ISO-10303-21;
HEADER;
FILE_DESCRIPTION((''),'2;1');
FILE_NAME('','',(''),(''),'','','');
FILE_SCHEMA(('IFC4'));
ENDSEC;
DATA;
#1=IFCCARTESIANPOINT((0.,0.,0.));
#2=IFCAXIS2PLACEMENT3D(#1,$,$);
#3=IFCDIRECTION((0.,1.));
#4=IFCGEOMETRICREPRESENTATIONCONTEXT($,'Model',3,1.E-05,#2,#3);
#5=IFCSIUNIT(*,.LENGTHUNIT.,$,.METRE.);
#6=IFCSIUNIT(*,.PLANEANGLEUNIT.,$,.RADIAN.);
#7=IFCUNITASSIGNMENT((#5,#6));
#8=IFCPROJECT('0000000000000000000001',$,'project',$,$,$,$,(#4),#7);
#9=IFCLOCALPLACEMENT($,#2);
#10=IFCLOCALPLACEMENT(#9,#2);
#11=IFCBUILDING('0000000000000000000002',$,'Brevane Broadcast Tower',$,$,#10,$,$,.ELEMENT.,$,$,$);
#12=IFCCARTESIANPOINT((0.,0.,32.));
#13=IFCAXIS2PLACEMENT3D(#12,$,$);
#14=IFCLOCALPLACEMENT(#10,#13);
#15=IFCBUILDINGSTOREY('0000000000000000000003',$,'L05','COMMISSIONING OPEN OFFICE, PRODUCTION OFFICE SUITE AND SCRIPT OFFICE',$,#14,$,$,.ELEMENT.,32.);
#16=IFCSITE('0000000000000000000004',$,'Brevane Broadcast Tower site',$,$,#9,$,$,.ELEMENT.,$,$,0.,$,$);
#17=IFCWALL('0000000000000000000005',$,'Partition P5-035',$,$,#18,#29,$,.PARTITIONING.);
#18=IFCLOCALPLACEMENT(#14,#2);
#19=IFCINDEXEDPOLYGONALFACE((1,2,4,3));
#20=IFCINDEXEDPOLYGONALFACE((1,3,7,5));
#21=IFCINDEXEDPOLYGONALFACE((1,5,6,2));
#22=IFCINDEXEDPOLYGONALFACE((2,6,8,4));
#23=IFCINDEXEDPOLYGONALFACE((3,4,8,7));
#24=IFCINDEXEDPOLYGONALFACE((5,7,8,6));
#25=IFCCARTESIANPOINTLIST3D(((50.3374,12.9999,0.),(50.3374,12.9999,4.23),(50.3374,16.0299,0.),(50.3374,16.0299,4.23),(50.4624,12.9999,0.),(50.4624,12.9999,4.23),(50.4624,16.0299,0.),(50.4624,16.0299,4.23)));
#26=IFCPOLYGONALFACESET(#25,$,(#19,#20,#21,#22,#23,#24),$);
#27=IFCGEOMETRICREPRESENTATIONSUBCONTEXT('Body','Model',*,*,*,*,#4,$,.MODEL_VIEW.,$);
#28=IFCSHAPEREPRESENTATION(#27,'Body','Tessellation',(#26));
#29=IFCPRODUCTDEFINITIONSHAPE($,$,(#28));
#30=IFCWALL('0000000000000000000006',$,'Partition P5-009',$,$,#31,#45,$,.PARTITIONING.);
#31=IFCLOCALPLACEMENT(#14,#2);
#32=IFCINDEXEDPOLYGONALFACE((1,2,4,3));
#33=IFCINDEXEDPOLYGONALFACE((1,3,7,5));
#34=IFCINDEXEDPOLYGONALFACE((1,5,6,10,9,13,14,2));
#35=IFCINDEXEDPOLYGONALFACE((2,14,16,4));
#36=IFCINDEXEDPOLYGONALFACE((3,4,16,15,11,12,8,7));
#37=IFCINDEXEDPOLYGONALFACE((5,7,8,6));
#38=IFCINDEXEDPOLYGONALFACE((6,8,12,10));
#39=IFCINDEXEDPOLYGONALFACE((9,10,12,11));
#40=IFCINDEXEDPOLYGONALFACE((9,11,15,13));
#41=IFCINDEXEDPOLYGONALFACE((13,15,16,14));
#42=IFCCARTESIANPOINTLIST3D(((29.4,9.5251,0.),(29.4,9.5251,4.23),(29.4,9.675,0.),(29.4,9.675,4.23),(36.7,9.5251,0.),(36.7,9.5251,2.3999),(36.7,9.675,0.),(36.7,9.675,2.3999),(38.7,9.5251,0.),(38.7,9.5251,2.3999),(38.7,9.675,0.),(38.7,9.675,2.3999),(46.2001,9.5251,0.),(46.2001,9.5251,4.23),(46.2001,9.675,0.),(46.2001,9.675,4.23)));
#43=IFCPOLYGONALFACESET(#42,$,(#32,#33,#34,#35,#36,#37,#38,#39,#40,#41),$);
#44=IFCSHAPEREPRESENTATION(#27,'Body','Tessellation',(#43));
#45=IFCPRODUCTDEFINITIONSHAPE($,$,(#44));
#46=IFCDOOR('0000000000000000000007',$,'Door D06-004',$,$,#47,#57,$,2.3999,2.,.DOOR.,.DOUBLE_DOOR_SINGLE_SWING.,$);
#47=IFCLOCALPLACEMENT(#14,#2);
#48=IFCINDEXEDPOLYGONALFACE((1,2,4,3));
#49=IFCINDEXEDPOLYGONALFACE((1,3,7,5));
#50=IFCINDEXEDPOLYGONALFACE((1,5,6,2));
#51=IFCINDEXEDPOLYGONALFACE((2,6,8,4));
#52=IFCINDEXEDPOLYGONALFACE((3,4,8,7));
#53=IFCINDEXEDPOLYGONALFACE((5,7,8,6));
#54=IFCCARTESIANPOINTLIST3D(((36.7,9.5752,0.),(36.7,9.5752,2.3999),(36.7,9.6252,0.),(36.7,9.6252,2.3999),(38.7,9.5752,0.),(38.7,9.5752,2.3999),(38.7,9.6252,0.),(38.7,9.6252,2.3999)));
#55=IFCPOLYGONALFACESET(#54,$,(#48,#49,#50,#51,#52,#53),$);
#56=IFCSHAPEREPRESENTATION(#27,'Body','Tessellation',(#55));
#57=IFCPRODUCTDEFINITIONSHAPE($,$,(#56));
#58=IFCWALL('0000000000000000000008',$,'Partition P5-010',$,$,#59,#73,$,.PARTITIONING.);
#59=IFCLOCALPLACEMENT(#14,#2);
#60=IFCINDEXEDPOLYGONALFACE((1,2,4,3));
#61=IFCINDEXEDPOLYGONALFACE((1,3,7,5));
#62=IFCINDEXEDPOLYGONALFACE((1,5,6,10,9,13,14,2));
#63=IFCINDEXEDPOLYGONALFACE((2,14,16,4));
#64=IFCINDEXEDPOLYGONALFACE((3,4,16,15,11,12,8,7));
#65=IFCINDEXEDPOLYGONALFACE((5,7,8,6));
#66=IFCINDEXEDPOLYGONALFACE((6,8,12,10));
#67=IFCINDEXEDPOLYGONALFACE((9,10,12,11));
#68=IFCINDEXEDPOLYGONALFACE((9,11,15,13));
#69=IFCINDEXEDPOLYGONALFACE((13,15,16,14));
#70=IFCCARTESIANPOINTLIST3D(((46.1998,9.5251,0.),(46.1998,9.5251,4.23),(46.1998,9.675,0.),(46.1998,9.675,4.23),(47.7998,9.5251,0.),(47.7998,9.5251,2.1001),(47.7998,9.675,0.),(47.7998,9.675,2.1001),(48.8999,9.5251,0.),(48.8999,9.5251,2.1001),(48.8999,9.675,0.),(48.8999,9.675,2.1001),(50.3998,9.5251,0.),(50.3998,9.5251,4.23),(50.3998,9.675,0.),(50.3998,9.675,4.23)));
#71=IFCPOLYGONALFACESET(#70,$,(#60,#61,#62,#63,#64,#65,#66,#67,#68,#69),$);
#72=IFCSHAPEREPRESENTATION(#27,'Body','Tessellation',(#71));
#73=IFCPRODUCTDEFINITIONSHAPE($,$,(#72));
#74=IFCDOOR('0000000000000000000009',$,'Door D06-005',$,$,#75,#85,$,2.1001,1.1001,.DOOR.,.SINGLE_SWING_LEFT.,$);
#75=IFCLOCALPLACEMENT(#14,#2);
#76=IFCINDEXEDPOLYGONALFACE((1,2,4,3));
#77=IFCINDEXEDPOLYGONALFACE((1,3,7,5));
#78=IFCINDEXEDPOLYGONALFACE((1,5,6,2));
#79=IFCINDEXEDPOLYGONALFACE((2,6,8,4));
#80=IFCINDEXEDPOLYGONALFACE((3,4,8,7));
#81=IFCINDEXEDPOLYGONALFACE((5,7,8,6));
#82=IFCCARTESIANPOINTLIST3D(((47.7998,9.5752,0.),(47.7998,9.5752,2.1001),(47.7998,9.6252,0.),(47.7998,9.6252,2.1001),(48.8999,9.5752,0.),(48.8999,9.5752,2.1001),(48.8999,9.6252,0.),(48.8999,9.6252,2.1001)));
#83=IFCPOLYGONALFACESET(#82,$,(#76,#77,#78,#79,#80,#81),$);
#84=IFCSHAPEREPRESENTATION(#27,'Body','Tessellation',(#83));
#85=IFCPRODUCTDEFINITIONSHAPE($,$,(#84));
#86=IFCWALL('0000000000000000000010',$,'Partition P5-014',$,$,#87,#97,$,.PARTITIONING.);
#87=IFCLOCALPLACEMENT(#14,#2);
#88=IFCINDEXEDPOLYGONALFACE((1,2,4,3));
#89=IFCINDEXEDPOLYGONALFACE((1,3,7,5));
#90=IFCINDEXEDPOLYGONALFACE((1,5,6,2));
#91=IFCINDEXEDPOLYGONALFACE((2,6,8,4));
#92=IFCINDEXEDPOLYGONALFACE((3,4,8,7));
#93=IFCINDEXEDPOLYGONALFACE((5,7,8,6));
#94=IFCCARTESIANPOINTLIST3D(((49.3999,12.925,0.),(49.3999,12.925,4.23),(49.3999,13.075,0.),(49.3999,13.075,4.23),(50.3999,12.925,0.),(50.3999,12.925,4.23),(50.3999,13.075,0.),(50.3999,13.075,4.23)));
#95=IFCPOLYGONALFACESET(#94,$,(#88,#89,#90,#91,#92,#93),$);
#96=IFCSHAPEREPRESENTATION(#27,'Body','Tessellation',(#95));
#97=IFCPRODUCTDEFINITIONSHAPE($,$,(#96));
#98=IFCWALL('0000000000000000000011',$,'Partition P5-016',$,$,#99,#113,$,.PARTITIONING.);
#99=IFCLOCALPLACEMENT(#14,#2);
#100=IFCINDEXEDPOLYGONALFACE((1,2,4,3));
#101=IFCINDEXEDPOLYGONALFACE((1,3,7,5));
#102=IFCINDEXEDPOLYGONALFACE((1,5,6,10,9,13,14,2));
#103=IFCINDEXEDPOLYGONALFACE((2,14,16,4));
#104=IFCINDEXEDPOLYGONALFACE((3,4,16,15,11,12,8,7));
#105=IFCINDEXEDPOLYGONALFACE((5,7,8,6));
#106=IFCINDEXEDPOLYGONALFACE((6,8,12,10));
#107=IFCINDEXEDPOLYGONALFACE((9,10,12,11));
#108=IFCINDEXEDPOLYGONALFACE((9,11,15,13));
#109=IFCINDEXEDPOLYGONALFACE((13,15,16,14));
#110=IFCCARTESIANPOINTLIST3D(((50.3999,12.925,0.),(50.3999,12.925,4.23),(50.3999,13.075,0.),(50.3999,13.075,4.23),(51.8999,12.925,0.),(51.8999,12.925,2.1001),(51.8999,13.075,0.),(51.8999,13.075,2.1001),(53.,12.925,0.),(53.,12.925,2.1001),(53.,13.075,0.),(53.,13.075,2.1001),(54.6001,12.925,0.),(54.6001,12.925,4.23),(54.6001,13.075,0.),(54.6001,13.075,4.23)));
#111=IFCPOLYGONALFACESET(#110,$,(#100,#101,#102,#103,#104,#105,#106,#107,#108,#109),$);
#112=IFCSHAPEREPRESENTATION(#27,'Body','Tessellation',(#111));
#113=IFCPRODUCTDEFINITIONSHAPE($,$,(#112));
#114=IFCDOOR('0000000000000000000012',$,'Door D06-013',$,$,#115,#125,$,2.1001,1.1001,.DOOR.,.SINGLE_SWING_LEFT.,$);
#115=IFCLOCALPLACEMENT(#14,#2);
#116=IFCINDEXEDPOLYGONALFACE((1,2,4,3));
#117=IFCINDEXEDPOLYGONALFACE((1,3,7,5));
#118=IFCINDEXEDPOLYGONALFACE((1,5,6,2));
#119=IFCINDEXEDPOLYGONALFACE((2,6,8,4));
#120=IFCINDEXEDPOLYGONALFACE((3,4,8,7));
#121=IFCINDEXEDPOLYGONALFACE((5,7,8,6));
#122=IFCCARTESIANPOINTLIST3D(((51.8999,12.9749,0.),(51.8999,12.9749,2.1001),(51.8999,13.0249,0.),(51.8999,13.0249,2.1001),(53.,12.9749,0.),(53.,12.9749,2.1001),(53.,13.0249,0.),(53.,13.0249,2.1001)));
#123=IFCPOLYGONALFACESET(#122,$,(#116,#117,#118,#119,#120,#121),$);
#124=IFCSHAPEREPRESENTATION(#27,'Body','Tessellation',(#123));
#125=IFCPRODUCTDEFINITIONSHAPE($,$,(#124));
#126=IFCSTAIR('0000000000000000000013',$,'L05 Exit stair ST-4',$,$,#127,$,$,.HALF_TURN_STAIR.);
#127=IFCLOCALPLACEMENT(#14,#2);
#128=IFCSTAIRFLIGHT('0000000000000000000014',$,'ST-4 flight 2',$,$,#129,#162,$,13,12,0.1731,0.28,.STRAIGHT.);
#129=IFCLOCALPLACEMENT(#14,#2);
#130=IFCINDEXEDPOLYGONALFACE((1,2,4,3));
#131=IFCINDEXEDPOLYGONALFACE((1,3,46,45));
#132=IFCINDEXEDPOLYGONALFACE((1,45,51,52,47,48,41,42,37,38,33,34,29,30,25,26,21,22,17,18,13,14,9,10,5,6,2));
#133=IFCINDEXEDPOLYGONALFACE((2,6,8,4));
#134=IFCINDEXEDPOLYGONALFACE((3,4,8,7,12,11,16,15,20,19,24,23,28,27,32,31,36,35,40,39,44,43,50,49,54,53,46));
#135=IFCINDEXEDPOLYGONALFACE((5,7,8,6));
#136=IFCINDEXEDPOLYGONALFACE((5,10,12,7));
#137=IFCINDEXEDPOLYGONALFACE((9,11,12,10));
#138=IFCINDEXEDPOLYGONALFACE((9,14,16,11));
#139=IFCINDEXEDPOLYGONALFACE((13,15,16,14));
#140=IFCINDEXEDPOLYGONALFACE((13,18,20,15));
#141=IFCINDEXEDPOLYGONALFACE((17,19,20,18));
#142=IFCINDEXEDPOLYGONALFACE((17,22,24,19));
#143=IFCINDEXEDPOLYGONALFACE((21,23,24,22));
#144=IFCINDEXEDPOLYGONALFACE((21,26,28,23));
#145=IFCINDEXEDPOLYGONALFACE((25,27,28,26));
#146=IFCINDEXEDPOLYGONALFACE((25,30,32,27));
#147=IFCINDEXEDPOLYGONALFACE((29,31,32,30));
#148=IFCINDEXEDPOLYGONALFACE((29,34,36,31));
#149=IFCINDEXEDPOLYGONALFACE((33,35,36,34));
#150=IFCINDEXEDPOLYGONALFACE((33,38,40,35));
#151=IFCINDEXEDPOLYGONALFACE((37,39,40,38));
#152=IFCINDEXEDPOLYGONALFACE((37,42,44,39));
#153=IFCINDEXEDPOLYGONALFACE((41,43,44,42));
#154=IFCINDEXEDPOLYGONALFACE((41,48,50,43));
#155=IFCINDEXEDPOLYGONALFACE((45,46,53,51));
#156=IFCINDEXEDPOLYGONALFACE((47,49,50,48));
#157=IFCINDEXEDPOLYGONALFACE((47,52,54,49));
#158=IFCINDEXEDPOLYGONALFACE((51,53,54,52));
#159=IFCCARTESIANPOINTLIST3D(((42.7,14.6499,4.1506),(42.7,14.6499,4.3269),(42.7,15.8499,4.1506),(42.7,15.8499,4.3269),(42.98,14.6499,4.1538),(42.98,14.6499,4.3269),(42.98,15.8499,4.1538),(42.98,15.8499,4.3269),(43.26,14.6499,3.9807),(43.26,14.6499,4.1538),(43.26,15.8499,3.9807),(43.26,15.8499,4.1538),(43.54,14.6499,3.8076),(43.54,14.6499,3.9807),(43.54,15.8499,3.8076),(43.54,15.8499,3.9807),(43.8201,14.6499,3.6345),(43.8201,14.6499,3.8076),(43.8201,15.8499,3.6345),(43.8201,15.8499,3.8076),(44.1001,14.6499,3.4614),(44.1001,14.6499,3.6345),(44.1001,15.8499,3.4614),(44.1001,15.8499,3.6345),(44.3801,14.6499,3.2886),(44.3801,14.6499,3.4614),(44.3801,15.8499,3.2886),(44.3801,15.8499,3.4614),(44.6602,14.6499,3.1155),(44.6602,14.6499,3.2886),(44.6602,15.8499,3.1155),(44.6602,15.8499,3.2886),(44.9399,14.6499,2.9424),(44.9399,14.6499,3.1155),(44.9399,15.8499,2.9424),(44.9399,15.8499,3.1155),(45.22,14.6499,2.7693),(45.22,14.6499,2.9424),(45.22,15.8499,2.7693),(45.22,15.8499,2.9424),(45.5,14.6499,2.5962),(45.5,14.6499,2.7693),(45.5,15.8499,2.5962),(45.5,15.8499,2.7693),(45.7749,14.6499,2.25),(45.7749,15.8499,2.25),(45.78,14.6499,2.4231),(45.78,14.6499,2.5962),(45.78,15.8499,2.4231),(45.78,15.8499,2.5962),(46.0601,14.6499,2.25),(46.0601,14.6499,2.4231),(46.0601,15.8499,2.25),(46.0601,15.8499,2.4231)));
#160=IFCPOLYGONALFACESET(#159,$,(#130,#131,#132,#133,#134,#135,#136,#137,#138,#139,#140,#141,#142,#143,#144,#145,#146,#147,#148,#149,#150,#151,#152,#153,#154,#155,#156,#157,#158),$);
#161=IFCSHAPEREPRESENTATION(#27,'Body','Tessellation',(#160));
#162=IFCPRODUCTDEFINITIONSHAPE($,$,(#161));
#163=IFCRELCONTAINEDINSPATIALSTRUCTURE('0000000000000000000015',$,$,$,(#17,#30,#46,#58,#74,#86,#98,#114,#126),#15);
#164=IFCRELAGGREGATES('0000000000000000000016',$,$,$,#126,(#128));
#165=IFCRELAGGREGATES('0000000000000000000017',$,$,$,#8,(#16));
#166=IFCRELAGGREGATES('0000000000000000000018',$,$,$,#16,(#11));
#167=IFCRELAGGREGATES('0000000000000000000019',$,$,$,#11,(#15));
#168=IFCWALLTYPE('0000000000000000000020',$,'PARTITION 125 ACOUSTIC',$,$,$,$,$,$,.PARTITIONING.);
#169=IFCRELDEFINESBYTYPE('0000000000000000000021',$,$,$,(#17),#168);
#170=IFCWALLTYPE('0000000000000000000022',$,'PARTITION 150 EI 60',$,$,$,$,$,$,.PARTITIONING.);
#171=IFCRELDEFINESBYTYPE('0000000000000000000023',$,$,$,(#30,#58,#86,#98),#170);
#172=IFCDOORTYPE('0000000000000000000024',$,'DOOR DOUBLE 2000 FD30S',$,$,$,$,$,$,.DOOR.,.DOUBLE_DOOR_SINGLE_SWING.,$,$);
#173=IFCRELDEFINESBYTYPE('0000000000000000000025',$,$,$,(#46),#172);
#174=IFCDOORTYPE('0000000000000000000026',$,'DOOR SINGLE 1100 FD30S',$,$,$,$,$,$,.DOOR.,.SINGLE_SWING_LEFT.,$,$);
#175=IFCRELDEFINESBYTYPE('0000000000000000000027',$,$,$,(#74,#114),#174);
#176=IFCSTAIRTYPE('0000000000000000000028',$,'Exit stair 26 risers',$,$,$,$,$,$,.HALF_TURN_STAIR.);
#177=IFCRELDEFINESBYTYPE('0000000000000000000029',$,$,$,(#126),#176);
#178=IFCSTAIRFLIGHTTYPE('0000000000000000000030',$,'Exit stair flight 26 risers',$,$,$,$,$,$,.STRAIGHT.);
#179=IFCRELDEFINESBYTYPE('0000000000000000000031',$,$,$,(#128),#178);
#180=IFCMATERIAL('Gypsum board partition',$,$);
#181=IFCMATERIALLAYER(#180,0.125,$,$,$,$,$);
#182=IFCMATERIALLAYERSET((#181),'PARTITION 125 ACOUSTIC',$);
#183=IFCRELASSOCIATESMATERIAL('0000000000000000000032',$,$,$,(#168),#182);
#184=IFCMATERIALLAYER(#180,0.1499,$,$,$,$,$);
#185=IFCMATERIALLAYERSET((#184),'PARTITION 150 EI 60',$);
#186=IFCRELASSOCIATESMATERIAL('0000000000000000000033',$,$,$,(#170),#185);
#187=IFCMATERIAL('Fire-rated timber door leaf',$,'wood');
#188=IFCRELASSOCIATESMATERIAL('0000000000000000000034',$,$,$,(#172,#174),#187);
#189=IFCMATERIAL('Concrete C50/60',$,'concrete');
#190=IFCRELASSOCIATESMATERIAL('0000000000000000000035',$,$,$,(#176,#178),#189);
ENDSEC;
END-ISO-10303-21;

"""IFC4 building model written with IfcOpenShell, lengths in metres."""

from ifc_helpers import new_model, si_unit, direction, frame, frame_2d, origin, place, context, subcontext, project, spatial, polyline, rectangle, outline, extrude, material, layer, layer_set, type_object, element, fill, aggregate, save


model = new_model("IFC4")

# Units and contexts
model_context = context("Model", 3, precision=1e-05, world=origin(), true_north=direction((0.0, 1.0)))
body_context = subcontext(model_context, "Body", "Model", "MODEL_VIEW")
ifc_project = project(units=[si_unit("LENGTHUNIT", "METRE"), si_unit("PLANEANGLEUNIT", "RADIAN")], contexts=[model_context])

# Site, building, storey
site_placement = place(None, origin())
site = spatial("IfcSite", under=ifc_project, at=site_placement, Name="Brevane Broadcast Tower site", CompositionType="ELEMENT", RefElevation=0.0)
building_placement = place(site_placement, origin())
building = spatial("IfcBuilding", under=site, at=building_placement, Name="Brevane Broadcast Tower", CompositionType="ELEMENT")
storey_placement = place(building_placement, frame((0.0, 0.0, 32.0)))
storey = spatial("IfcBuildingStorey", under=building, at=storey_placement, Name="L05", Description="COMMISSIONING OPEN OFFICE, PRODUCTION OFFICE SUITE AND SCRIPT OFFICE", CompositionType="ELEMENT", Elevation=32.0)

# Wall
ifc_material_1 = material(Name="Gypsum board partition")
ifc_layer_1 = layer(ifc_material_1, 0.125)
ifc_layer_set_1 = layer_set([ifc_layer_1], Name="PARTITION 125 ACOUSTIC")
wall_type_1 = type_object("IfcWallType", Name="PARTITION 125 ACOUSTIC", PredefinedType="PARTITIONING", material=ifc_layer_set_1)
wall_1_placement = place(storey_placement, frame((50.3999, 16.03, 0.0), z_axis=(0.0, 0.0, 1.0), x_axis=(0.0, -1.0, 0.0)))
element("IfcWall", 1, at=wall_1_placement, inside=storey, type_object=wall_type_1, Name="Partition P5-035", PredefinedType="PARTITIONING", context=body_context, shape_type="SweptSolid", body=[
    extrude(rectangle(XDim=3.03, YDim=0.125, at=frame_2d((1.5151, 0.0))), origin(), (0.0, 0.0, 1.0), 4.23),
])

# Walls, openings, doors
ifc_layer_2 = layer(ifc_material_1, 0.1499)
ifc_layer_set_2 = layer_set([ifc_layer_2], Name="PARTITION 150 EI 60")
wall_type_2 = type_object("IfcWallType", Name="PARTITION 150 EI 60", PredefinedType="PARTITIONING", material=ifc_layer_set_2)
wall_2_placement = place(storey_placement, frame((46.2, 9.6001, 0.0), z_axis=(0.0, 0.0, 1.0), x_axis=(-1.0, 0.0, 0.0)))
wall_2 = element("IfcWall", 2, at=wall_2_placement, inside=storey, type_object=wall_type_2, Name="Partition P5-009", PredefinedType="PARTITIONING", context=body_context, shape_type="SweptSolid", body=[
    extrude(rectangle(XDim=16.8, YDim=0.1499, at=frame_2d((8.3999, 0.0))), origin(), (0.0, 0.0, 1.0), 4.23),
])
opening_1_placement = place(wall_2_placement, frame((7.5, 0.0, 0.0)))
opening_1 = element("IfcOpeningElement", 3, at=opening_1_placement, cuts=wall_2, PredefinedType="OPENING", context=body_context, shape_type="SweptSolid", body=[
    extrude(rectangle(XDim=2.0, YDim=2.3999, at=frame_2d((1.0, 1.2))), frame((0.0, 0.085, 0.0), z_axis=(0.0, -1.0, 0.0), x_axis=(1.0, 0.0, 0.0)), (0.0, 0.0, 1.0), 0.1699),
])
ifc_material_2 = material(Name="Fire-rated timber door leaf", Category="wood")
door_type_1 = type_object("IfcDoorType", Name="DOOR DOUBLE 2000 FD30S", OperationType="DOUBLE_DOOR_SINGLE_SWING", PredefinedType="DOOR", material=ifc_material_2)
door_1_placement = place(opening_1_placement, origin())
door_1 = element("IfcDoor", 4, at=door_1_placement, inside=storey, type_object=door_type_1, Name="Door D06-004", OperationType="DOUBLE_DOOR_SINGLE_SWING", OverallHeight=2.3999, OverallWidth=2.0, PredefinedType="DOOR", context=body_context, shape_type="SweptSolid", body=[
    extrude(rectangle(XDim=2.0, YDim=2.3999, at=frame_2d((1.0, 1.2))), frame((0.0, 0.0249, 0.0), z_axis=(0.0, -1.0, 0.0), x_axis=(1.0, 0.0, 0.0)), (0.0, 0.0, 1.0), 0.05),
])
fill(opening_1, door_1)
wall_3_placement = place(storey_placement, frame((50.3999, 9.6001, 0.0), z_axis=(0.0, 0.0, 1.0), x_axis=(-1.0, 0.0, 0.0)))
wall_3 = element("IfcWall", 5, at=wall_3_placement, inside=storey, type_object=wall_type_2, Name="Partition P5-010", PredefinedType="PARTITIONING", context=body_context, shape_type="SweptSolid", body=[
    extrude(rectangle(XDim=4.2, YDim=0.1499, at=frame_2d((2.1001, 0.0))), origin(), (0.0, 0.0, 1.0), 4.23),
])
opening_2_placement = place(wall_3_placement, frame((1.5, 0.0, 0.0)))
opening_2 = element("IfcOpeningElement", 6, at=opening_2_placement, cuts=wall_3, PredefinedType="OPENING", context=body_context, shape_type="SweptSolid", body=[
    extrude(rectangle(XDim=1.1001, YDim=2.1001, at=frame_2d((0.55, 1.05))), frame((0.0, 0.085, 0.0), z_axis=(0.0, -1.0, 0.0), x_axis=(1.0, 0.0, 0.0)), (0.0, 0.0, 1.0), 0.1699),
])
door_type_2 = type_object("IfcDoorType", Name="DOOR SINGLE 1100 FD30S", OperationType="SINGLE_SWING_LEFT", PredefinedType="DOOR", material=ifc_material_2)
door_2_placement = place(opening_2_placement, origin())
door_2 = element("IfcDoor", 7, at=door_2_placement, inside=storey, type_object=door_type_2, Name="Door D06-005", OperationType="SINGLE_SWING_LEFT", OverallHeight=2.1001, OverallWidth=1.1001, PredefinedType="DOOR", context=body_context, shape_type="SweptSolid", body=[
    extrude(rectangle(XDim=1.1001, YDim=2.1001, at=frame_2d((0.55, 1.05))), frame((0.0, 0.0249, 0.0), z_axis=(0.0, -1.0, 0.0), x_axis=(1.0, 0.0, 0.0)), (0.0, 0.0, 1.0), 0.05),
])
fill(opening_2, door_2)

# Wall
wall_4_placement = place(storey_placement, frame((49.3999, 13.0, 0.0), z_axis=(0.0, 0.0, 1.0), x_axis=(1.0, 0.0, 0.0)))
element("IfcWall", 8, at=wall_4_placement, inside=storey, type_object=wall_type_2, Name="Partition P5-014", PredefinedType="PARTITIONING", context=body_context, shape_type="SweptSolid", body=[
    extrude(rectangle(XDim=1.0, YDim=0.1499, at=frame_2d((0.5, 0.0))), origin(), (0.0, 0.0, 1.0), 4.23),
])

# Wall, opening, door
wall_5_placement = place(storey_placement, frame((50.3999, 13.0, 0.0), z_axis=(0.0, 0.0, 1.0), x_axis=(1.0, 0.0, 0.0)))
wall_5 = element("IfcWall", 9, at=wall_5_placement, inside=storey, type_object=wall_type_2, Name="Partition P5-016", PredefinedType="PARTITIONING", context=body_context, shape_type="SweptSolid", body=[
    extrude(rectangle(XDim=4.2002, YDim=0.1499, at=frame_2d((2.1001, 0.0))), origin(), (0.0, 0.0, 1.0), 4.23),
])
opening_3_placement = place(wall_5_placement, frame((1.5, 0.0, 0.0)))
opening_3 = element("IfcOpeningElement", 10, at=opening_3_placement, cuts=wall_5, PredefinedType="OPENING", context=body_context, shape_type="SweptSolid", body=[
    extrude(rectangle(XDim=1.1001, YDim=2.1001, at=frame_2d((0.55, 1.05))), frame((0.0, 0.085, 0.0), z_axis=(0.0, -1.0, 0.0), x_axis=(1.0, 0.0, 0.0)), (0.0, 0.0, 1.0), 0.1699),
])
door_3_placement = place(opening_3_placement, origin())
door_3 = element("IfcDoor", 11, at=door_3_placement, inside=storey, type_object=door_type_2, Name="Door D06-013", OperationType="SINGLE_SWING_LEFT", OverallHeight=2.1001, OverallWidth=1.1001, PredefinedType="DOOR", context=body_context, shape_type="SweptSolid", body=[
    extrude(rectangle(XDim=1.1001, YDim=2.1001, at=frame_2d((0.55, 1.05))), frame((0.0, 0.0249, 0.0), z_axis=(0.0, -1.0, 0.0), x_axis=(1.0, 0.0, 0.0)), (0.0, 0.0, 1.0), 0.05),
])
fill(opening_3, door_3)

# Stair, stair flight
ifc_material_3 = material(Name="Concrete C50/60", Category="concrete")
stair_type = type_object("IfcStairType", Name="Exit stair 26 risers", PredefinedType="HALF_TURN_STAIR", material=ifc_material_3)
stair_placement = place(storey_placement, origin())
stair = element("IfcStair", 12, at=stair_placement, inside=storey, type_object=stair_type, Name="L05 Exit stair ST-4", PredefinedType="HALF_TURN_STAIR")
stair_flight_type = type_object("IfcStairFlightType", Name="Exit stair flight 26 risers", PredefinedType="STRAIGHT", material=ifc_material_3)
stair_flight_placement = place(storey_placement, frame((46.0601, 15.25, 2.25), z_axis=(0.0, 0.0, 1.0), x_axis=(-1.0, 0.0, 0.0)))
stair_flight = element("IfcStairFlight", 13, at=stair_flight_placement, type_object=stair_flight_type, Name="ST-4 flight 2", NumberOfRisers=13, NumberOfTreads=12, PredefinedType="STRAIGHT", RiserHeight=0.1731, TreadLength=0.28, context=body_context, shape_type="SweptSolid", body=[
    extrude(outline(polyline([(0.0, 0.0), (0.0, 0.1731), (0.28, 0.1731), (0.28, 0.3462), (0.5601, 0.3462), (0.5601, 0.5193), (0.8401, 0.5193), (0.8401, 0.6924), (1.1201, 0.6924), (1.1201, 0.8655), (1.3999, 0.8655), (1.3999, 1.0386), (1.6799, 1.0386), (1.6799, 1.2114), (1.96, 1.2114), (1.96, 1.3845), (2.24, 1.3845), (2.24, 1.5576), (2.52, 1.5576), (2.52, 1.7307), (2.8, 1.7307), (2.8, 1.9038), (3.0801, 1.9038), (3.0801, 2.0769), (3.3601, 2.0769), (3.3601, 2.25), (3.3601, 1.9006), (0.2852, 0.0), (0.0, 0.0)])), frame((0.0, 0.6001, 0.0), z_axis=(0.0, -1.0, 0.0), x_axis=(1.0, 0.0, 0.0)), (0.0, 0.0, 1.0), 1.2),
])
aggregate(stair, [stair_flight])

save(model, "model.ifc")
